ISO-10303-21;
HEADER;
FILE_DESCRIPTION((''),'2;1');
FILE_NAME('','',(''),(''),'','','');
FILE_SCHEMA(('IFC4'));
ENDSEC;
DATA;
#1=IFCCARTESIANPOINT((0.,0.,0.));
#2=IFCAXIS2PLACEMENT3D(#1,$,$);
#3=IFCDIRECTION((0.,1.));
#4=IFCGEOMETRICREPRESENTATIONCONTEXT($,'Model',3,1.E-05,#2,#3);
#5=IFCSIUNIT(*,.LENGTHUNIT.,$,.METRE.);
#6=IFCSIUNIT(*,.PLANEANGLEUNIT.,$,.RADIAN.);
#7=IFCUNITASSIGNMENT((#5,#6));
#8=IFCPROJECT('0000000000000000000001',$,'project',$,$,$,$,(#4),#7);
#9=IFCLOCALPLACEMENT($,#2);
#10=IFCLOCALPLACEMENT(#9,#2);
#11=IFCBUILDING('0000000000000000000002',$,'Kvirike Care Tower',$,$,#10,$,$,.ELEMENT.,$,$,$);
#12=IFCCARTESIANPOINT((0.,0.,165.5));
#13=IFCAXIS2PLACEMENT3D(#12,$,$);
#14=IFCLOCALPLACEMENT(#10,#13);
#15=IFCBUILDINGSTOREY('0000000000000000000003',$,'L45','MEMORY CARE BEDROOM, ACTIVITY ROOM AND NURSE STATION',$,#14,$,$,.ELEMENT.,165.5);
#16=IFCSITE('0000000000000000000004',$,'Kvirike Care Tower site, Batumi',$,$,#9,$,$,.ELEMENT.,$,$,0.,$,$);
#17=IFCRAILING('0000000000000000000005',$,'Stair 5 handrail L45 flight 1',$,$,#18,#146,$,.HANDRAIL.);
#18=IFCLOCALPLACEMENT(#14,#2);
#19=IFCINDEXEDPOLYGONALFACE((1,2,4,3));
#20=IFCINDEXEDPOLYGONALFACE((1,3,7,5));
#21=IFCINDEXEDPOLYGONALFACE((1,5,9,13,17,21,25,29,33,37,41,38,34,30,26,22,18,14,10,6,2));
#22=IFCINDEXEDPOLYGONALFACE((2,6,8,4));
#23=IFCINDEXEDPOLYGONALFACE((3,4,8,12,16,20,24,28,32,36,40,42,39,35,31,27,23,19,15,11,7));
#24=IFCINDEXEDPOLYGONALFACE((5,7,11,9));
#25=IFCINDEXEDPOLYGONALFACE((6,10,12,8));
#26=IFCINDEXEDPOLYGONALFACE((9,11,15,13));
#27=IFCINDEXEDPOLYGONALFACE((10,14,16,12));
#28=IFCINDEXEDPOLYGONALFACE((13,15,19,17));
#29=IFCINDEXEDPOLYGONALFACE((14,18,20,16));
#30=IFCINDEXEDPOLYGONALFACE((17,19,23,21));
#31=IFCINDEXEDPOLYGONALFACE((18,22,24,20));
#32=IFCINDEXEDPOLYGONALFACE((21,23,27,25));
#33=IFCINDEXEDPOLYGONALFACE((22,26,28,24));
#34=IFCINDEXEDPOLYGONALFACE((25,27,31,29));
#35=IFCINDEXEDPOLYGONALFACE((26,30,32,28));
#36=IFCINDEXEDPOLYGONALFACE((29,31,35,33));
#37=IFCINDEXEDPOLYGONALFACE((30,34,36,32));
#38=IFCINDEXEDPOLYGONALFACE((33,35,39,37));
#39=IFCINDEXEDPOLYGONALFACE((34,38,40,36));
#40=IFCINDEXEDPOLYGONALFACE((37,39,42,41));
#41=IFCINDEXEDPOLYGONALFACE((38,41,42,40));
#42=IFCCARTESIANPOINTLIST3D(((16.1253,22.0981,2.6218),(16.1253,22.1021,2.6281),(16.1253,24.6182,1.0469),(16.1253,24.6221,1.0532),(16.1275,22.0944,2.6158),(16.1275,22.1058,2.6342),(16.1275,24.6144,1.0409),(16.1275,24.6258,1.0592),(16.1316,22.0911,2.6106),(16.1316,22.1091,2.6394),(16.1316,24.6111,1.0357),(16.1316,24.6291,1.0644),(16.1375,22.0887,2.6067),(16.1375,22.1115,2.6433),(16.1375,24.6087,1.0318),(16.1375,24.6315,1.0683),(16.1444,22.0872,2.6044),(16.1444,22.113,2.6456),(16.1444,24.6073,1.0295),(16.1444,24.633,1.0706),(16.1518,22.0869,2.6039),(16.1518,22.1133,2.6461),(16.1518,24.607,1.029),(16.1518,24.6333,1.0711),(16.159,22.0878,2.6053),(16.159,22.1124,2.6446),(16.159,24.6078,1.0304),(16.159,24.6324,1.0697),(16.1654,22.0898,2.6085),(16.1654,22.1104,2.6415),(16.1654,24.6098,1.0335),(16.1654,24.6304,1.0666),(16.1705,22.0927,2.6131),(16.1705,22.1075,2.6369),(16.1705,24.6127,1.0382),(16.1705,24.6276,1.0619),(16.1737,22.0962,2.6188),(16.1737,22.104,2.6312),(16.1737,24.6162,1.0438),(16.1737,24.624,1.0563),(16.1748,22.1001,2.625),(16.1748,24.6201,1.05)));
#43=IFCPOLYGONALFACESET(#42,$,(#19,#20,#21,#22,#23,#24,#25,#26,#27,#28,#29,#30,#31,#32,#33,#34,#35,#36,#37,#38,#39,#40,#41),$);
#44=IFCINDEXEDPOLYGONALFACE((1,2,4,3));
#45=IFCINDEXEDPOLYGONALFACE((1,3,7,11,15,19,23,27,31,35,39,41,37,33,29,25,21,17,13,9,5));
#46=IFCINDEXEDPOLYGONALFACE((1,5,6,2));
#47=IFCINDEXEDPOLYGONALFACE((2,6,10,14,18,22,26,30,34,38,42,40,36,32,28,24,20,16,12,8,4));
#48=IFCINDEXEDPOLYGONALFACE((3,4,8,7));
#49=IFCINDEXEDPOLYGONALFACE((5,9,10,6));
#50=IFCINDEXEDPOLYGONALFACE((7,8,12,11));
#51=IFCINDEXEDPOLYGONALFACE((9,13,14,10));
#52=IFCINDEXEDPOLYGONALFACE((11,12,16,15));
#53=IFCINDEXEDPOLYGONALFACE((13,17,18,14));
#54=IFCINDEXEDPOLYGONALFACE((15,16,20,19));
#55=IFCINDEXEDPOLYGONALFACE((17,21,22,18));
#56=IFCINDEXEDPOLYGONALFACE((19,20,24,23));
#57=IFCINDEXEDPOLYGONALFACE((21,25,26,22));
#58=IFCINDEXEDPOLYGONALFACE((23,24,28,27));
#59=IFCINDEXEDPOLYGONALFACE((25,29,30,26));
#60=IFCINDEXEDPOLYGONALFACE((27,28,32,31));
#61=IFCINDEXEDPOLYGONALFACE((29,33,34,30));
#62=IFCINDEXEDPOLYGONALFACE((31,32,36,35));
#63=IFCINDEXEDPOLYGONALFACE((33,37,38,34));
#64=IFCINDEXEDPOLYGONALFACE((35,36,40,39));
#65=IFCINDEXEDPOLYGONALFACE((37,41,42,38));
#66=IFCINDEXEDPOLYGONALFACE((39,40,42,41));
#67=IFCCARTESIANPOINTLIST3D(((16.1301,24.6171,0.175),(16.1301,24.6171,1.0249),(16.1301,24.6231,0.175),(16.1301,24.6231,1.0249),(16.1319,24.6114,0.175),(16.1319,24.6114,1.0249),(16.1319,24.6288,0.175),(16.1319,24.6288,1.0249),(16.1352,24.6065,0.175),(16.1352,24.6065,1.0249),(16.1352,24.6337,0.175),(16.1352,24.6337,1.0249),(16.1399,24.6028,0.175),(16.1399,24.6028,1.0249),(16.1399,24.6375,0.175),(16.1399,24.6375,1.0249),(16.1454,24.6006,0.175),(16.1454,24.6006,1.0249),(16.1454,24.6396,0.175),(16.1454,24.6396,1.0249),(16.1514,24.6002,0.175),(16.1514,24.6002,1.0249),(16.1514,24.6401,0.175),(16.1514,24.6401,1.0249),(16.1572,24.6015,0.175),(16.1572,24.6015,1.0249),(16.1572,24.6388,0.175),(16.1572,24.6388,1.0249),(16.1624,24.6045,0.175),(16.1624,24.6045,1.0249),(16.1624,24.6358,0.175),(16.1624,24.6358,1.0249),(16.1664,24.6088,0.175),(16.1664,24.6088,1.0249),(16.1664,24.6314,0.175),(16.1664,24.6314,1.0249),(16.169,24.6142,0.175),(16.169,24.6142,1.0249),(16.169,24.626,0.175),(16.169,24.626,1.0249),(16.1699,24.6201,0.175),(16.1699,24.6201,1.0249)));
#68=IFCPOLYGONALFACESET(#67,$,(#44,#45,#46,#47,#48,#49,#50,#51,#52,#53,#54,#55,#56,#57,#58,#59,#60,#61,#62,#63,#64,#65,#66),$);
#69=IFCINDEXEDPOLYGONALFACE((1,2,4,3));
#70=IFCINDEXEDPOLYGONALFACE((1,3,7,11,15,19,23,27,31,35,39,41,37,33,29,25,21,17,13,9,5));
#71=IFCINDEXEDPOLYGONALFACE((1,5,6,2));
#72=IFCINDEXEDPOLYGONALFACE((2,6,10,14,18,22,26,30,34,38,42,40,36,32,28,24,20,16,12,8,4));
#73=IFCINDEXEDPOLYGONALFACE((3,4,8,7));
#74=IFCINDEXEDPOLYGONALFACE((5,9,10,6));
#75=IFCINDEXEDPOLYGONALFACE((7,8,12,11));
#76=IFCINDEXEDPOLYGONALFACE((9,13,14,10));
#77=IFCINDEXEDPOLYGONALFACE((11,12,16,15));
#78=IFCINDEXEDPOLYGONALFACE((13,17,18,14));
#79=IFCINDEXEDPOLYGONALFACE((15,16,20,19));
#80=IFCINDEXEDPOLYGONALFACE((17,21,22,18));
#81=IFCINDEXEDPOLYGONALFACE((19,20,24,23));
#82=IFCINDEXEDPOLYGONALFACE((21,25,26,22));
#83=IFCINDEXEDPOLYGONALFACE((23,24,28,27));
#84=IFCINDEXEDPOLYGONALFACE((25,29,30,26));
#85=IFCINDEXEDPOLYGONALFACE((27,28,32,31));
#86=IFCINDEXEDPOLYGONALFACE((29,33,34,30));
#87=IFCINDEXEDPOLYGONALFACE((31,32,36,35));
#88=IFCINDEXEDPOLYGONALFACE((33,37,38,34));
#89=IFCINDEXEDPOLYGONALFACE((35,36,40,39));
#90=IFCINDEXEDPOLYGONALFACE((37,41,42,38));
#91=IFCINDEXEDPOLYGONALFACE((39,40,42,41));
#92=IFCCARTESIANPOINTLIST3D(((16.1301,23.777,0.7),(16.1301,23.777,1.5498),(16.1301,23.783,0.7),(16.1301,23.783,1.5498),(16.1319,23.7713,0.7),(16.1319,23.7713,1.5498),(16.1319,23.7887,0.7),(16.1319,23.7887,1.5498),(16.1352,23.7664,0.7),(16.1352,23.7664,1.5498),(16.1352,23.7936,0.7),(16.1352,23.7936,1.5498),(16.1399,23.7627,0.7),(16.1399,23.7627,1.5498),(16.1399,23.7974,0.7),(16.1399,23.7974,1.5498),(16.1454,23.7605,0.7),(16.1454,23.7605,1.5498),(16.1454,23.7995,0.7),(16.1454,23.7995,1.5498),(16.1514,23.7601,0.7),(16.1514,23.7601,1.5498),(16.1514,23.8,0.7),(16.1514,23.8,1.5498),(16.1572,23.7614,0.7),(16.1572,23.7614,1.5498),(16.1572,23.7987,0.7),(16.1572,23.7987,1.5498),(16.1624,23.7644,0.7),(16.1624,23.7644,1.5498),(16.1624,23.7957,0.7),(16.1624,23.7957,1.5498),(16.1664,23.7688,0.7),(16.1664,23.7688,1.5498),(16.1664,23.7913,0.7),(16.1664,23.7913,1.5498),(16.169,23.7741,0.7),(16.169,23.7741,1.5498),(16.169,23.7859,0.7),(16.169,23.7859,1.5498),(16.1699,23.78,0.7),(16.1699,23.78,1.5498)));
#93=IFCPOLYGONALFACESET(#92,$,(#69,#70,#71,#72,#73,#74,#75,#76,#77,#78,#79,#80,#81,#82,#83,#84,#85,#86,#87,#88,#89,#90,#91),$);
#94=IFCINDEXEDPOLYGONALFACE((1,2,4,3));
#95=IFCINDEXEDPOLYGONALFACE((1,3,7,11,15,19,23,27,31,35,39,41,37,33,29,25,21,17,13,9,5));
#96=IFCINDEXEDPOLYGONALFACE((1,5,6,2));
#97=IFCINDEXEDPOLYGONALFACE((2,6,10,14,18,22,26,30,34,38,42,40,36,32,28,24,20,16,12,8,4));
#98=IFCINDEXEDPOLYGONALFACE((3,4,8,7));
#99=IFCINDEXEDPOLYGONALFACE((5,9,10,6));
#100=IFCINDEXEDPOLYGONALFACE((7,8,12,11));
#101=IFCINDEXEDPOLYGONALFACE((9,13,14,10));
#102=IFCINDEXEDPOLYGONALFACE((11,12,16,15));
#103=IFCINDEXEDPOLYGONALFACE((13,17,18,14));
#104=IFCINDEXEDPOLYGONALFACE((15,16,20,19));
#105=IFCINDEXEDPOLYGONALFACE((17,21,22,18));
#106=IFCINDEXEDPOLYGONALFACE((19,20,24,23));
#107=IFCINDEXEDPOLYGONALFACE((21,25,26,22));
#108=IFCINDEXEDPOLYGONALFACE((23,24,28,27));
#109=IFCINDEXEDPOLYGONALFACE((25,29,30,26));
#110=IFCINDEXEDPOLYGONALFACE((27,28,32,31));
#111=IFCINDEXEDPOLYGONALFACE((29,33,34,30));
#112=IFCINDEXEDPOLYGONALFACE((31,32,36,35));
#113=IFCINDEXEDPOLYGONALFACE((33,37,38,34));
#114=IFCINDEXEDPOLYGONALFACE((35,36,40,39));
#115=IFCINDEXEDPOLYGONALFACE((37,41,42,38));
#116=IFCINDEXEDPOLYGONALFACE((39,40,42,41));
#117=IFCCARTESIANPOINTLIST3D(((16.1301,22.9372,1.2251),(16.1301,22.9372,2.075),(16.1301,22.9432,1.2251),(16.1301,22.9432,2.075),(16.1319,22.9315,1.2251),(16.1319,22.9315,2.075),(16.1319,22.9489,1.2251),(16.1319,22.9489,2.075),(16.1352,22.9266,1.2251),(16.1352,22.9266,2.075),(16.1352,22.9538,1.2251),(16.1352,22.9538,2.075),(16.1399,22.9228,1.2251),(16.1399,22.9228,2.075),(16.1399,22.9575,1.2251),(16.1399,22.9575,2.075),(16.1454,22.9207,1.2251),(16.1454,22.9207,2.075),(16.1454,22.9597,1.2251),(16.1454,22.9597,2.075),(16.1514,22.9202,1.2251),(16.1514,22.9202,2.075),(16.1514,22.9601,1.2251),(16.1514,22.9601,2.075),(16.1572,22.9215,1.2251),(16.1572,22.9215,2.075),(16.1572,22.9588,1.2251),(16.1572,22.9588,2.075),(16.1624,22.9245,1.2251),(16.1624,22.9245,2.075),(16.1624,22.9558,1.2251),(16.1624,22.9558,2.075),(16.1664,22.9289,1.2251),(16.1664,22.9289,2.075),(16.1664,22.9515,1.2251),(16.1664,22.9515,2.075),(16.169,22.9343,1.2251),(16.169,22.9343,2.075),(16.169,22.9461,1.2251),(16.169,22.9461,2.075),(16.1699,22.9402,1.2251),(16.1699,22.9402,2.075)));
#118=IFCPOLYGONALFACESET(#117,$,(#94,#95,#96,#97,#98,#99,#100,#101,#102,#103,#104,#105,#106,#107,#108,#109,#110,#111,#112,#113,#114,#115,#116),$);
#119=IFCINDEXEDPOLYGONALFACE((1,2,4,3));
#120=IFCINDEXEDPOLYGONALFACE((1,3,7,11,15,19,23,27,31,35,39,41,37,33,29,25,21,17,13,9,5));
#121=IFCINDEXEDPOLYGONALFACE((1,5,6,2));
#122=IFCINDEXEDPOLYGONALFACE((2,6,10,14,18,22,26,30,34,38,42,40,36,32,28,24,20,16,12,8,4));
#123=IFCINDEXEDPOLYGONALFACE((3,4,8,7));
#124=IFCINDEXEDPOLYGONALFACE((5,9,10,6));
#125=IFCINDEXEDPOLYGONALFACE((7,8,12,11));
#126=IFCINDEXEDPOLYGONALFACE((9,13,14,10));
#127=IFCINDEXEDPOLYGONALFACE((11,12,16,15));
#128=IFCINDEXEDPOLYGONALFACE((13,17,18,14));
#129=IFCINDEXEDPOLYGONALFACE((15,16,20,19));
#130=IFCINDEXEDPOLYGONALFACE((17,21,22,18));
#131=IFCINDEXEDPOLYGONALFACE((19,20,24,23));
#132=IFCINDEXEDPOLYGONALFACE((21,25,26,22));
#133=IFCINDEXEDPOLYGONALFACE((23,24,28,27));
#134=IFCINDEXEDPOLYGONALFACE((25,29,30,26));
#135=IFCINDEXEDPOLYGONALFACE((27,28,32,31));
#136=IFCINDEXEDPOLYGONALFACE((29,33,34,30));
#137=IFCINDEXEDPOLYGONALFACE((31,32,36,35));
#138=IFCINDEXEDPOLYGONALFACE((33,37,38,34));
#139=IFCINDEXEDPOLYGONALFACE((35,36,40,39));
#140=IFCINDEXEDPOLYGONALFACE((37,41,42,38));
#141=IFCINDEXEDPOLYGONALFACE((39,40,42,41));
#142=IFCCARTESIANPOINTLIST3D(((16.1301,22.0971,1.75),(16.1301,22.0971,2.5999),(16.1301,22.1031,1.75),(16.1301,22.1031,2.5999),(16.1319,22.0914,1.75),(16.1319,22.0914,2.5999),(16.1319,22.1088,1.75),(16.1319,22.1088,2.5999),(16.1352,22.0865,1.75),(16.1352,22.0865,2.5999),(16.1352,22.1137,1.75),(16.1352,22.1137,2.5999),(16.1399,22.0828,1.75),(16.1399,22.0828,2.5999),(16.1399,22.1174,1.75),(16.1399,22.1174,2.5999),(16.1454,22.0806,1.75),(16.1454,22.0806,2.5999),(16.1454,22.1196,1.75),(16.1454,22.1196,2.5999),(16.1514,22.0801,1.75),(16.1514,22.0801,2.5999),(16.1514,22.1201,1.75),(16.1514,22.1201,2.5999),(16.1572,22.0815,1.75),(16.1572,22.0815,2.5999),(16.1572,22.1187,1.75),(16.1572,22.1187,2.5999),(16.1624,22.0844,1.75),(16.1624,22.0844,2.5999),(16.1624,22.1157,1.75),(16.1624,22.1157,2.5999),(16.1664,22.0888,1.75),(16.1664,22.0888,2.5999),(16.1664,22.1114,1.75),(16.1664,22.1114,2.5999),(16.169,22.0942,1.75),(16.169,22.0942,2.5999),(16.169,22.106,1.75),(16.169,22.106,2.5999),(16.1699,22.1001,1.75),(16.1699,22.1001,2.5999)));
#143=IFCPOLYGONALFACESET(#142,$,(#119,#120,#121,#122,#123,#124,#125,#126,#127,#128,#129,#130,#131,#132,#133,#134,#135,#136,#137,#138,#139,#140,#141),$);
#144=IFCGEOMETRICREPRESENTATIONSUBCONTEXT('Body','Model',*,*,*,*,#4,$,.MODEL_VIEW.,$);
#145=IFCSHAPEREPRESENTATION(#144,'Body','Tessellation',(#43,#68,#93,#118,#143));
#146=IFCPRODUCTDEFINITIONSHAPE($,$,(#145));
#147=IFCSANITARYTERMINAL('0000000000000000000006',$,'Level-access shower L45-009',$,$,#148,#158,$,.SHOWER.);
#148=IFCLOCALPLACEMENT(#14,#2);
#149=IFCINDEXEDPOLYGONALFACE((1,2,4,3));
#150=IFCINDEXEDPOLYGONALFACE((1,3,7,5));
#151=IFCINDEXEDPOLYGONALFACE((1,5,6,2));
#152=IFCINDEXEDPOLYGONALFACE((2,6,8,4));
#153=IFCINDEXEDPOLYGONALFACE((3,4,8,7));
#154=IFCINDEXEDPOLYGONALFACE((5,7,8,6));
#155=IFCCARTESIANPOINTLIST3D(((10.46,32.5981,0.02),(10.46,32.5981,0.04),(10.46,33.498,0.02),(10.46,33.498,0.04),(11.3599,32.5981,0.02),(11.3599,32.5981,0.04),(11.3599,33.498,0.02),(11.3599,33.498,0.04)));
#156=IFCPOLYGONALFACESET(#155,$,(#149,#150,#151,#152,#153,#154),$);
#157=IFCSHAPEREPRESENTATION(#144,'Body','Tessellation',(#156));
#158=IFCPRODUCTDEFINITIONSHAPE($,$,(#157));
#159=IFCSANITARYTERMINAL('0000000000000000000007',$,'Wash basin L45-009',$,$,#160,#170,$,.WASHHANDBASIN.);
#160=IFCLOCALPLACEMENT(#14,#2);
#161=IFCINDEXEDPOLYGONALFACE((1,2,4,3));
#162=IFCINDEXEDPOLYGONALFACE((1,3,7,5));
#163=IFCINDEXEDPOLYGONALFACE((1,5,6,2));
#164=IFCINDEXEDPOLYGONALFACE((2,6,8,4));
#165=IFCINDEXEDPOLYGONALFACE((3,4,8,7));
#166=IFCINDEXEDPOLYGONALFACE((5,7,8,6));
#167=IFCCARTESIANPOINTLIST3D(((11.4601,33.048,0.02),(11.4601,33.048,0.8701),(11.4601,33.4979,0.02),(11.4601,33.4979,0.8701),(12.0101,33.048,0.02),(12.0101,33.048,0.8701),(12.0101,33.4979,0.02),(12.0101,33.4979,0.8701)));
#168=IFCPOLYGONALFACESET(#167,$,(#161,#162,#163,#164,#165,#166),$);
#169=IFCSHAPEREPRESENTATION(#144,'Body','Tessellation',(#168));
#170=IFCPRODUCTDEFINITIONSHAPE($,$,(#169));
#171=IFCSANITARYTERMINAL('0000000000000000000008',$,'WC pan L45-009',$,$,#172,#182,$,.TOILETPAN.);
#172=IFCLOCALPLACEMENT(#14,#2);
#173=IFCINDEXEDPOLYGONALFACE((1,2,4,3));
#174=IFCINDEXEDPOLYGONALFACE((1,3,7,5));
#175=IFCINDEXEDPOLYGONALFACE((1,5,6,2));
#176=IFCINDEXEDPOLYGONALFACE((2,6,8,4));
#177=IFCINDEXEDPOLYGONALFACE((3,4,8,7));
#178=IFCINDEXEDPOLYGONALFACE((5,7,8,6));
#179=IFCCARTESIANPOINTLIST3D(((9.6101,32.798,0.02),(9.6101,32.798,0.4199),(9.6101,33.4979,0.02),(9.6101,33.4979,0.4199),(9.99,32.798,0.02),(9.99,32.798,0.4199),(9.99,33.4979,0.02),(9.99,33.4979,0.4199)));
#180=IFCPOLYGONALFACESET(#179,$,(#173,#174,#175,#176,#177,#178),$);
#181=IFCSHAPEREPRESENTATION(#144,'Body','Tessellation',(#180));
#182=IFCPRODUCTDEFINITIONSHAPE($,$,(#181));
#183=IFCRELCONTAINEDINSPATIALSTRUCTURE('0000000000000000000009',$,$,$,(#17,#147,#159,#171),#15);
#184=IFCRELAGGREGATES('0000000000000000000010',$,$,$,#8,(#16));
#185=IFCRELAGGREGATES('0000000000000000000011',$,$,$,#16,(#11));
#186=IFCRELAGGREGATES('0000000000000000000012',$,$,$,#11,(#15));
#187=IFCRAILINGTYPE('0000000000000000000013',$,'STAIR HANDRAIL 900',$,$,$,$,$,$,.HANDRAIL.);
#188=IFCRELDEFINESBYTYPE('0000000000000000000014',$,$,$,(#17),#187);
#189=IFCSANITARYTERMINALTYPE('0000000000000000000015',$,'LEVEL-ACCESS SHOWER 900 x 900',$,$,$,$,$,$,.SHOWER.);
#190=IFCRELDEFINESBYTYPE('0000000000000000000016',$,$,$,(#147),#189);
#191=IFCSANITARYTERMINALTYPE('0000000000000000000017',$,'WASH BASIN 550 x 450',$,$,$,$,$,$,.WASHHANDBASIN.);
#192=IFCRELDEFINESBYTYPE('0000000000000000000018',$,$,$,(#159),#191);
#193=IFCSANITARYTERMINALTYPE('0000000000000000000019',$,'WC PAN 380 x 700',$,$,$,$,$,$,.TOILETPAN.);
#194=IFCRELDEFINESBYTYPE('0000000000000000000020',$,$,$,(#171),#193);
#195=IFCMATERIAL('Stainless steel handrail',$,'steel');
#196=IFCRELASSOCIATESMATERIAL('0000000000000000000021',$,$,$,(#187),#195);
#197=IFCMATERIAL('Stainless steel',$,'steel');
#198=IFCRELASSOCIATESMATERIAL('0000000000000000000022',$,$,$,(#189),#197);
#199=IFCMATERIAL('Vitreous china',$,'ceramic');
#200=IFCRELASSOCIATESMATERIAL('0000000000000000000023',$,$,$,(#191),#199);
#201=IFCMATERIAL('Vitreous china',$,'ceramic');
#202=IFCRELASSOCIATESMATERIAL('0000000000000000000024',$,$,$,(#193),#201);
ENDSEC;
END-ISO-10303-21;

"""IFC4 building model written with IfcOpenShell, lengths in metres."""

from ifc_helpers import new_model, si_unit, direction, frame, origin, origin_2d, place, context, subcontext, project, spatial, rectangle, circle, extrude, material, type_object, element, save


model = new_model("IFC4")

# Units and contexts
model_context = context("Model", 3, precision=1e-05, world=origin(), true_north=direction((0.0, 1.0)))
body_context = subcontext(model_context, "Body", "Model", "MODEL_VIEW")
ifc_project = project(units=[si_unit("LENGTHUNIT", "METRE"), si_unit("PLANEANGLEUNIT", "RADIAN")], contexts=[model_context])

# Site, building, storey
site_placement = place(None, origin())
site = spatial("IfcSite", under=ifc_project, at=site_placement, Name="Kvirike Care Tower site, Batumi", CompositionType="ELEMENT", RefElevation=0.0)
building_placement = place(site_placement, origin())
building = spatial("IfcBuilding", under=site, at=building_placement, Name="Kvirike Care Tower", CompositionType="ELEMENT")
storey_placement = place(building_placement, frame((0.0, 0.0, 165.5)))
storey = spatial("IfcBuildingStorey", under=building, at=storey_placement, Name="L45", Description="MEMORY CARE BEDROOM, ACTIVITY ROOM AND NURSE STATION", CompositionType="ELEMENT", Elevation=165.5)

# Railing
ifc_material_1 = material(Name="Stainless steel handrail", Category="steel")
railing_type = type_object("IfcRailingType", Name="STAIR HANDRAIL 900", PredefinedType="HANDRAIL", material=ifc_material_1)
railing_placement = place(storey_placement, frame((16.1499, 24.6201, 0.175)))
element("IfcRailing", 1, at=railing_placement, inside=storey, type_object=railing_type, Name="Stair 5 handrail L45 flight 1", PredefinedType="HANDRAIL", context=body_context, shape_type="SweptSolid", body=[
    extrude(circle(Radius=0.0249, at=origin_2d()), frame((0.0, 0.0, 0.875), z_axis=(0.0, -0.848008, 0.529984), x_axis=(1.0, 0.0, 0.0)), (0.0, 0.0, 1.0), 2.9717),
    extrude(circle(Radius=0.02, at=origin_2d()), origin(), (0.0, 0.0, 1.0), 0.8499),
    extrude(circle(Radius=0.02, at=origin_2d()), frame((0.0, -0.8401, 0.5249)), (0.0, 0.0, 1.0), 0.8499),
    extrude(circle(Radius=0.02, at=origin_2d()), frame((0.0, -1.6799, 1.05)), (0.0, 0.0, 1.0), 0.8499),
    extrude(circle(Radius=0.02, at=origin_2d()), frame((0.0, -2.52, 1.575)), (0.0, 0.0, 1.0), 0.8499),
])

# Sanitary terminals
ifc_material_2 = material(Name="Stainless steel", Category="steel")
sanitary_terminal_type_1 = type_object("IfcSanitaryTerminalType", Name="LEVEL-ACCESS SHOWER 900 x 900", PredefinedType="SHOWER", material=ifc_material_2)
sanitary_terminal_1_placement = place(storey_placement, frame((10.9099, 33.0481, 0.02), z_axis=(0.0, 0.0, 1.0), x_axis=(1.0, 0.0, 0.0)))
element("IfcSanitaryTerminal", 2, at=sanitary_terminal_1_placement, inside=storey, type_object=sanitary_terminal_type_1, Name="Level-access shower L45-009", PredefinedType="SHOWER", context=body_context, shape_type="SweptSolid", body=[
    extrude(rectangle(XDim=0.8999, YDim=0.8999, at=origin_2d()), origin(), (0.0, 0.0, 1.0), 0.02),
])
ifc_material_3 = material(Name="Vitreous china", Category="ceramic")
sanitary_terminal_type_2 = type_object("IfcSanitaryTerminalType", Name="WASH BASIN 550 x 450", PredefinedType="WASHHANDBASIN", material=ifc_material_3)
sanitary_terminal_2_placement = place(storey_placement, frame((11.7351, 33.2729, 0.02), z_axis=(0.0, 0.0, 1.0), x_axis=(1.0, 0.0, 0.0)))
element("IfcSanitaryTerminal", 3, at=sanitary_terminal_2_placement, inside=storey, type_object=sanitary_terminal_type_2, Name="Wash basin L45-009", PredefinedType="WASHHANDBASIN", context=body_context, shape_type="SweptSolid", body=[
    extrude(rectangle(XDim=0.55, YDim=0.45, at=origin_2d()), origin(), (0.0, 0.0, 1.0), 0.8501),
])
ifc_material_4 = material(Name="Vitreous china", Category="ceramic")
sanitary_terminal_type_3 = type_object("IfcSanitaryTerminalType", Name="WC PAN 380 x 700", PredefinedType="TOILETPAN", material=ifc_material_4)
sanitary_terminal_3_placement = place(storey_placement, frame((9.8, 33.1479, 0.02), z_axis=(0.0, 0.0, 1.0), x_axis=(1.0, 0.0, 0.0)))
element("IfcSanitaryTerminal", 4, at=sanitary_terminal_3_placement, inside=storey, type_object=sanitary_terminal_type_3, Name="WC pan L45-009", PredefinedType="TOILETPAN", context=body_context, shape_type="SweptSolid", body=[
    extrude(rectangle(XDim=0.3799, YDim=0.7, at=origin_2d()), origin(), (0.0, 0.0, 1.0), 0.3999),
])

save(model, "model.ifc")
